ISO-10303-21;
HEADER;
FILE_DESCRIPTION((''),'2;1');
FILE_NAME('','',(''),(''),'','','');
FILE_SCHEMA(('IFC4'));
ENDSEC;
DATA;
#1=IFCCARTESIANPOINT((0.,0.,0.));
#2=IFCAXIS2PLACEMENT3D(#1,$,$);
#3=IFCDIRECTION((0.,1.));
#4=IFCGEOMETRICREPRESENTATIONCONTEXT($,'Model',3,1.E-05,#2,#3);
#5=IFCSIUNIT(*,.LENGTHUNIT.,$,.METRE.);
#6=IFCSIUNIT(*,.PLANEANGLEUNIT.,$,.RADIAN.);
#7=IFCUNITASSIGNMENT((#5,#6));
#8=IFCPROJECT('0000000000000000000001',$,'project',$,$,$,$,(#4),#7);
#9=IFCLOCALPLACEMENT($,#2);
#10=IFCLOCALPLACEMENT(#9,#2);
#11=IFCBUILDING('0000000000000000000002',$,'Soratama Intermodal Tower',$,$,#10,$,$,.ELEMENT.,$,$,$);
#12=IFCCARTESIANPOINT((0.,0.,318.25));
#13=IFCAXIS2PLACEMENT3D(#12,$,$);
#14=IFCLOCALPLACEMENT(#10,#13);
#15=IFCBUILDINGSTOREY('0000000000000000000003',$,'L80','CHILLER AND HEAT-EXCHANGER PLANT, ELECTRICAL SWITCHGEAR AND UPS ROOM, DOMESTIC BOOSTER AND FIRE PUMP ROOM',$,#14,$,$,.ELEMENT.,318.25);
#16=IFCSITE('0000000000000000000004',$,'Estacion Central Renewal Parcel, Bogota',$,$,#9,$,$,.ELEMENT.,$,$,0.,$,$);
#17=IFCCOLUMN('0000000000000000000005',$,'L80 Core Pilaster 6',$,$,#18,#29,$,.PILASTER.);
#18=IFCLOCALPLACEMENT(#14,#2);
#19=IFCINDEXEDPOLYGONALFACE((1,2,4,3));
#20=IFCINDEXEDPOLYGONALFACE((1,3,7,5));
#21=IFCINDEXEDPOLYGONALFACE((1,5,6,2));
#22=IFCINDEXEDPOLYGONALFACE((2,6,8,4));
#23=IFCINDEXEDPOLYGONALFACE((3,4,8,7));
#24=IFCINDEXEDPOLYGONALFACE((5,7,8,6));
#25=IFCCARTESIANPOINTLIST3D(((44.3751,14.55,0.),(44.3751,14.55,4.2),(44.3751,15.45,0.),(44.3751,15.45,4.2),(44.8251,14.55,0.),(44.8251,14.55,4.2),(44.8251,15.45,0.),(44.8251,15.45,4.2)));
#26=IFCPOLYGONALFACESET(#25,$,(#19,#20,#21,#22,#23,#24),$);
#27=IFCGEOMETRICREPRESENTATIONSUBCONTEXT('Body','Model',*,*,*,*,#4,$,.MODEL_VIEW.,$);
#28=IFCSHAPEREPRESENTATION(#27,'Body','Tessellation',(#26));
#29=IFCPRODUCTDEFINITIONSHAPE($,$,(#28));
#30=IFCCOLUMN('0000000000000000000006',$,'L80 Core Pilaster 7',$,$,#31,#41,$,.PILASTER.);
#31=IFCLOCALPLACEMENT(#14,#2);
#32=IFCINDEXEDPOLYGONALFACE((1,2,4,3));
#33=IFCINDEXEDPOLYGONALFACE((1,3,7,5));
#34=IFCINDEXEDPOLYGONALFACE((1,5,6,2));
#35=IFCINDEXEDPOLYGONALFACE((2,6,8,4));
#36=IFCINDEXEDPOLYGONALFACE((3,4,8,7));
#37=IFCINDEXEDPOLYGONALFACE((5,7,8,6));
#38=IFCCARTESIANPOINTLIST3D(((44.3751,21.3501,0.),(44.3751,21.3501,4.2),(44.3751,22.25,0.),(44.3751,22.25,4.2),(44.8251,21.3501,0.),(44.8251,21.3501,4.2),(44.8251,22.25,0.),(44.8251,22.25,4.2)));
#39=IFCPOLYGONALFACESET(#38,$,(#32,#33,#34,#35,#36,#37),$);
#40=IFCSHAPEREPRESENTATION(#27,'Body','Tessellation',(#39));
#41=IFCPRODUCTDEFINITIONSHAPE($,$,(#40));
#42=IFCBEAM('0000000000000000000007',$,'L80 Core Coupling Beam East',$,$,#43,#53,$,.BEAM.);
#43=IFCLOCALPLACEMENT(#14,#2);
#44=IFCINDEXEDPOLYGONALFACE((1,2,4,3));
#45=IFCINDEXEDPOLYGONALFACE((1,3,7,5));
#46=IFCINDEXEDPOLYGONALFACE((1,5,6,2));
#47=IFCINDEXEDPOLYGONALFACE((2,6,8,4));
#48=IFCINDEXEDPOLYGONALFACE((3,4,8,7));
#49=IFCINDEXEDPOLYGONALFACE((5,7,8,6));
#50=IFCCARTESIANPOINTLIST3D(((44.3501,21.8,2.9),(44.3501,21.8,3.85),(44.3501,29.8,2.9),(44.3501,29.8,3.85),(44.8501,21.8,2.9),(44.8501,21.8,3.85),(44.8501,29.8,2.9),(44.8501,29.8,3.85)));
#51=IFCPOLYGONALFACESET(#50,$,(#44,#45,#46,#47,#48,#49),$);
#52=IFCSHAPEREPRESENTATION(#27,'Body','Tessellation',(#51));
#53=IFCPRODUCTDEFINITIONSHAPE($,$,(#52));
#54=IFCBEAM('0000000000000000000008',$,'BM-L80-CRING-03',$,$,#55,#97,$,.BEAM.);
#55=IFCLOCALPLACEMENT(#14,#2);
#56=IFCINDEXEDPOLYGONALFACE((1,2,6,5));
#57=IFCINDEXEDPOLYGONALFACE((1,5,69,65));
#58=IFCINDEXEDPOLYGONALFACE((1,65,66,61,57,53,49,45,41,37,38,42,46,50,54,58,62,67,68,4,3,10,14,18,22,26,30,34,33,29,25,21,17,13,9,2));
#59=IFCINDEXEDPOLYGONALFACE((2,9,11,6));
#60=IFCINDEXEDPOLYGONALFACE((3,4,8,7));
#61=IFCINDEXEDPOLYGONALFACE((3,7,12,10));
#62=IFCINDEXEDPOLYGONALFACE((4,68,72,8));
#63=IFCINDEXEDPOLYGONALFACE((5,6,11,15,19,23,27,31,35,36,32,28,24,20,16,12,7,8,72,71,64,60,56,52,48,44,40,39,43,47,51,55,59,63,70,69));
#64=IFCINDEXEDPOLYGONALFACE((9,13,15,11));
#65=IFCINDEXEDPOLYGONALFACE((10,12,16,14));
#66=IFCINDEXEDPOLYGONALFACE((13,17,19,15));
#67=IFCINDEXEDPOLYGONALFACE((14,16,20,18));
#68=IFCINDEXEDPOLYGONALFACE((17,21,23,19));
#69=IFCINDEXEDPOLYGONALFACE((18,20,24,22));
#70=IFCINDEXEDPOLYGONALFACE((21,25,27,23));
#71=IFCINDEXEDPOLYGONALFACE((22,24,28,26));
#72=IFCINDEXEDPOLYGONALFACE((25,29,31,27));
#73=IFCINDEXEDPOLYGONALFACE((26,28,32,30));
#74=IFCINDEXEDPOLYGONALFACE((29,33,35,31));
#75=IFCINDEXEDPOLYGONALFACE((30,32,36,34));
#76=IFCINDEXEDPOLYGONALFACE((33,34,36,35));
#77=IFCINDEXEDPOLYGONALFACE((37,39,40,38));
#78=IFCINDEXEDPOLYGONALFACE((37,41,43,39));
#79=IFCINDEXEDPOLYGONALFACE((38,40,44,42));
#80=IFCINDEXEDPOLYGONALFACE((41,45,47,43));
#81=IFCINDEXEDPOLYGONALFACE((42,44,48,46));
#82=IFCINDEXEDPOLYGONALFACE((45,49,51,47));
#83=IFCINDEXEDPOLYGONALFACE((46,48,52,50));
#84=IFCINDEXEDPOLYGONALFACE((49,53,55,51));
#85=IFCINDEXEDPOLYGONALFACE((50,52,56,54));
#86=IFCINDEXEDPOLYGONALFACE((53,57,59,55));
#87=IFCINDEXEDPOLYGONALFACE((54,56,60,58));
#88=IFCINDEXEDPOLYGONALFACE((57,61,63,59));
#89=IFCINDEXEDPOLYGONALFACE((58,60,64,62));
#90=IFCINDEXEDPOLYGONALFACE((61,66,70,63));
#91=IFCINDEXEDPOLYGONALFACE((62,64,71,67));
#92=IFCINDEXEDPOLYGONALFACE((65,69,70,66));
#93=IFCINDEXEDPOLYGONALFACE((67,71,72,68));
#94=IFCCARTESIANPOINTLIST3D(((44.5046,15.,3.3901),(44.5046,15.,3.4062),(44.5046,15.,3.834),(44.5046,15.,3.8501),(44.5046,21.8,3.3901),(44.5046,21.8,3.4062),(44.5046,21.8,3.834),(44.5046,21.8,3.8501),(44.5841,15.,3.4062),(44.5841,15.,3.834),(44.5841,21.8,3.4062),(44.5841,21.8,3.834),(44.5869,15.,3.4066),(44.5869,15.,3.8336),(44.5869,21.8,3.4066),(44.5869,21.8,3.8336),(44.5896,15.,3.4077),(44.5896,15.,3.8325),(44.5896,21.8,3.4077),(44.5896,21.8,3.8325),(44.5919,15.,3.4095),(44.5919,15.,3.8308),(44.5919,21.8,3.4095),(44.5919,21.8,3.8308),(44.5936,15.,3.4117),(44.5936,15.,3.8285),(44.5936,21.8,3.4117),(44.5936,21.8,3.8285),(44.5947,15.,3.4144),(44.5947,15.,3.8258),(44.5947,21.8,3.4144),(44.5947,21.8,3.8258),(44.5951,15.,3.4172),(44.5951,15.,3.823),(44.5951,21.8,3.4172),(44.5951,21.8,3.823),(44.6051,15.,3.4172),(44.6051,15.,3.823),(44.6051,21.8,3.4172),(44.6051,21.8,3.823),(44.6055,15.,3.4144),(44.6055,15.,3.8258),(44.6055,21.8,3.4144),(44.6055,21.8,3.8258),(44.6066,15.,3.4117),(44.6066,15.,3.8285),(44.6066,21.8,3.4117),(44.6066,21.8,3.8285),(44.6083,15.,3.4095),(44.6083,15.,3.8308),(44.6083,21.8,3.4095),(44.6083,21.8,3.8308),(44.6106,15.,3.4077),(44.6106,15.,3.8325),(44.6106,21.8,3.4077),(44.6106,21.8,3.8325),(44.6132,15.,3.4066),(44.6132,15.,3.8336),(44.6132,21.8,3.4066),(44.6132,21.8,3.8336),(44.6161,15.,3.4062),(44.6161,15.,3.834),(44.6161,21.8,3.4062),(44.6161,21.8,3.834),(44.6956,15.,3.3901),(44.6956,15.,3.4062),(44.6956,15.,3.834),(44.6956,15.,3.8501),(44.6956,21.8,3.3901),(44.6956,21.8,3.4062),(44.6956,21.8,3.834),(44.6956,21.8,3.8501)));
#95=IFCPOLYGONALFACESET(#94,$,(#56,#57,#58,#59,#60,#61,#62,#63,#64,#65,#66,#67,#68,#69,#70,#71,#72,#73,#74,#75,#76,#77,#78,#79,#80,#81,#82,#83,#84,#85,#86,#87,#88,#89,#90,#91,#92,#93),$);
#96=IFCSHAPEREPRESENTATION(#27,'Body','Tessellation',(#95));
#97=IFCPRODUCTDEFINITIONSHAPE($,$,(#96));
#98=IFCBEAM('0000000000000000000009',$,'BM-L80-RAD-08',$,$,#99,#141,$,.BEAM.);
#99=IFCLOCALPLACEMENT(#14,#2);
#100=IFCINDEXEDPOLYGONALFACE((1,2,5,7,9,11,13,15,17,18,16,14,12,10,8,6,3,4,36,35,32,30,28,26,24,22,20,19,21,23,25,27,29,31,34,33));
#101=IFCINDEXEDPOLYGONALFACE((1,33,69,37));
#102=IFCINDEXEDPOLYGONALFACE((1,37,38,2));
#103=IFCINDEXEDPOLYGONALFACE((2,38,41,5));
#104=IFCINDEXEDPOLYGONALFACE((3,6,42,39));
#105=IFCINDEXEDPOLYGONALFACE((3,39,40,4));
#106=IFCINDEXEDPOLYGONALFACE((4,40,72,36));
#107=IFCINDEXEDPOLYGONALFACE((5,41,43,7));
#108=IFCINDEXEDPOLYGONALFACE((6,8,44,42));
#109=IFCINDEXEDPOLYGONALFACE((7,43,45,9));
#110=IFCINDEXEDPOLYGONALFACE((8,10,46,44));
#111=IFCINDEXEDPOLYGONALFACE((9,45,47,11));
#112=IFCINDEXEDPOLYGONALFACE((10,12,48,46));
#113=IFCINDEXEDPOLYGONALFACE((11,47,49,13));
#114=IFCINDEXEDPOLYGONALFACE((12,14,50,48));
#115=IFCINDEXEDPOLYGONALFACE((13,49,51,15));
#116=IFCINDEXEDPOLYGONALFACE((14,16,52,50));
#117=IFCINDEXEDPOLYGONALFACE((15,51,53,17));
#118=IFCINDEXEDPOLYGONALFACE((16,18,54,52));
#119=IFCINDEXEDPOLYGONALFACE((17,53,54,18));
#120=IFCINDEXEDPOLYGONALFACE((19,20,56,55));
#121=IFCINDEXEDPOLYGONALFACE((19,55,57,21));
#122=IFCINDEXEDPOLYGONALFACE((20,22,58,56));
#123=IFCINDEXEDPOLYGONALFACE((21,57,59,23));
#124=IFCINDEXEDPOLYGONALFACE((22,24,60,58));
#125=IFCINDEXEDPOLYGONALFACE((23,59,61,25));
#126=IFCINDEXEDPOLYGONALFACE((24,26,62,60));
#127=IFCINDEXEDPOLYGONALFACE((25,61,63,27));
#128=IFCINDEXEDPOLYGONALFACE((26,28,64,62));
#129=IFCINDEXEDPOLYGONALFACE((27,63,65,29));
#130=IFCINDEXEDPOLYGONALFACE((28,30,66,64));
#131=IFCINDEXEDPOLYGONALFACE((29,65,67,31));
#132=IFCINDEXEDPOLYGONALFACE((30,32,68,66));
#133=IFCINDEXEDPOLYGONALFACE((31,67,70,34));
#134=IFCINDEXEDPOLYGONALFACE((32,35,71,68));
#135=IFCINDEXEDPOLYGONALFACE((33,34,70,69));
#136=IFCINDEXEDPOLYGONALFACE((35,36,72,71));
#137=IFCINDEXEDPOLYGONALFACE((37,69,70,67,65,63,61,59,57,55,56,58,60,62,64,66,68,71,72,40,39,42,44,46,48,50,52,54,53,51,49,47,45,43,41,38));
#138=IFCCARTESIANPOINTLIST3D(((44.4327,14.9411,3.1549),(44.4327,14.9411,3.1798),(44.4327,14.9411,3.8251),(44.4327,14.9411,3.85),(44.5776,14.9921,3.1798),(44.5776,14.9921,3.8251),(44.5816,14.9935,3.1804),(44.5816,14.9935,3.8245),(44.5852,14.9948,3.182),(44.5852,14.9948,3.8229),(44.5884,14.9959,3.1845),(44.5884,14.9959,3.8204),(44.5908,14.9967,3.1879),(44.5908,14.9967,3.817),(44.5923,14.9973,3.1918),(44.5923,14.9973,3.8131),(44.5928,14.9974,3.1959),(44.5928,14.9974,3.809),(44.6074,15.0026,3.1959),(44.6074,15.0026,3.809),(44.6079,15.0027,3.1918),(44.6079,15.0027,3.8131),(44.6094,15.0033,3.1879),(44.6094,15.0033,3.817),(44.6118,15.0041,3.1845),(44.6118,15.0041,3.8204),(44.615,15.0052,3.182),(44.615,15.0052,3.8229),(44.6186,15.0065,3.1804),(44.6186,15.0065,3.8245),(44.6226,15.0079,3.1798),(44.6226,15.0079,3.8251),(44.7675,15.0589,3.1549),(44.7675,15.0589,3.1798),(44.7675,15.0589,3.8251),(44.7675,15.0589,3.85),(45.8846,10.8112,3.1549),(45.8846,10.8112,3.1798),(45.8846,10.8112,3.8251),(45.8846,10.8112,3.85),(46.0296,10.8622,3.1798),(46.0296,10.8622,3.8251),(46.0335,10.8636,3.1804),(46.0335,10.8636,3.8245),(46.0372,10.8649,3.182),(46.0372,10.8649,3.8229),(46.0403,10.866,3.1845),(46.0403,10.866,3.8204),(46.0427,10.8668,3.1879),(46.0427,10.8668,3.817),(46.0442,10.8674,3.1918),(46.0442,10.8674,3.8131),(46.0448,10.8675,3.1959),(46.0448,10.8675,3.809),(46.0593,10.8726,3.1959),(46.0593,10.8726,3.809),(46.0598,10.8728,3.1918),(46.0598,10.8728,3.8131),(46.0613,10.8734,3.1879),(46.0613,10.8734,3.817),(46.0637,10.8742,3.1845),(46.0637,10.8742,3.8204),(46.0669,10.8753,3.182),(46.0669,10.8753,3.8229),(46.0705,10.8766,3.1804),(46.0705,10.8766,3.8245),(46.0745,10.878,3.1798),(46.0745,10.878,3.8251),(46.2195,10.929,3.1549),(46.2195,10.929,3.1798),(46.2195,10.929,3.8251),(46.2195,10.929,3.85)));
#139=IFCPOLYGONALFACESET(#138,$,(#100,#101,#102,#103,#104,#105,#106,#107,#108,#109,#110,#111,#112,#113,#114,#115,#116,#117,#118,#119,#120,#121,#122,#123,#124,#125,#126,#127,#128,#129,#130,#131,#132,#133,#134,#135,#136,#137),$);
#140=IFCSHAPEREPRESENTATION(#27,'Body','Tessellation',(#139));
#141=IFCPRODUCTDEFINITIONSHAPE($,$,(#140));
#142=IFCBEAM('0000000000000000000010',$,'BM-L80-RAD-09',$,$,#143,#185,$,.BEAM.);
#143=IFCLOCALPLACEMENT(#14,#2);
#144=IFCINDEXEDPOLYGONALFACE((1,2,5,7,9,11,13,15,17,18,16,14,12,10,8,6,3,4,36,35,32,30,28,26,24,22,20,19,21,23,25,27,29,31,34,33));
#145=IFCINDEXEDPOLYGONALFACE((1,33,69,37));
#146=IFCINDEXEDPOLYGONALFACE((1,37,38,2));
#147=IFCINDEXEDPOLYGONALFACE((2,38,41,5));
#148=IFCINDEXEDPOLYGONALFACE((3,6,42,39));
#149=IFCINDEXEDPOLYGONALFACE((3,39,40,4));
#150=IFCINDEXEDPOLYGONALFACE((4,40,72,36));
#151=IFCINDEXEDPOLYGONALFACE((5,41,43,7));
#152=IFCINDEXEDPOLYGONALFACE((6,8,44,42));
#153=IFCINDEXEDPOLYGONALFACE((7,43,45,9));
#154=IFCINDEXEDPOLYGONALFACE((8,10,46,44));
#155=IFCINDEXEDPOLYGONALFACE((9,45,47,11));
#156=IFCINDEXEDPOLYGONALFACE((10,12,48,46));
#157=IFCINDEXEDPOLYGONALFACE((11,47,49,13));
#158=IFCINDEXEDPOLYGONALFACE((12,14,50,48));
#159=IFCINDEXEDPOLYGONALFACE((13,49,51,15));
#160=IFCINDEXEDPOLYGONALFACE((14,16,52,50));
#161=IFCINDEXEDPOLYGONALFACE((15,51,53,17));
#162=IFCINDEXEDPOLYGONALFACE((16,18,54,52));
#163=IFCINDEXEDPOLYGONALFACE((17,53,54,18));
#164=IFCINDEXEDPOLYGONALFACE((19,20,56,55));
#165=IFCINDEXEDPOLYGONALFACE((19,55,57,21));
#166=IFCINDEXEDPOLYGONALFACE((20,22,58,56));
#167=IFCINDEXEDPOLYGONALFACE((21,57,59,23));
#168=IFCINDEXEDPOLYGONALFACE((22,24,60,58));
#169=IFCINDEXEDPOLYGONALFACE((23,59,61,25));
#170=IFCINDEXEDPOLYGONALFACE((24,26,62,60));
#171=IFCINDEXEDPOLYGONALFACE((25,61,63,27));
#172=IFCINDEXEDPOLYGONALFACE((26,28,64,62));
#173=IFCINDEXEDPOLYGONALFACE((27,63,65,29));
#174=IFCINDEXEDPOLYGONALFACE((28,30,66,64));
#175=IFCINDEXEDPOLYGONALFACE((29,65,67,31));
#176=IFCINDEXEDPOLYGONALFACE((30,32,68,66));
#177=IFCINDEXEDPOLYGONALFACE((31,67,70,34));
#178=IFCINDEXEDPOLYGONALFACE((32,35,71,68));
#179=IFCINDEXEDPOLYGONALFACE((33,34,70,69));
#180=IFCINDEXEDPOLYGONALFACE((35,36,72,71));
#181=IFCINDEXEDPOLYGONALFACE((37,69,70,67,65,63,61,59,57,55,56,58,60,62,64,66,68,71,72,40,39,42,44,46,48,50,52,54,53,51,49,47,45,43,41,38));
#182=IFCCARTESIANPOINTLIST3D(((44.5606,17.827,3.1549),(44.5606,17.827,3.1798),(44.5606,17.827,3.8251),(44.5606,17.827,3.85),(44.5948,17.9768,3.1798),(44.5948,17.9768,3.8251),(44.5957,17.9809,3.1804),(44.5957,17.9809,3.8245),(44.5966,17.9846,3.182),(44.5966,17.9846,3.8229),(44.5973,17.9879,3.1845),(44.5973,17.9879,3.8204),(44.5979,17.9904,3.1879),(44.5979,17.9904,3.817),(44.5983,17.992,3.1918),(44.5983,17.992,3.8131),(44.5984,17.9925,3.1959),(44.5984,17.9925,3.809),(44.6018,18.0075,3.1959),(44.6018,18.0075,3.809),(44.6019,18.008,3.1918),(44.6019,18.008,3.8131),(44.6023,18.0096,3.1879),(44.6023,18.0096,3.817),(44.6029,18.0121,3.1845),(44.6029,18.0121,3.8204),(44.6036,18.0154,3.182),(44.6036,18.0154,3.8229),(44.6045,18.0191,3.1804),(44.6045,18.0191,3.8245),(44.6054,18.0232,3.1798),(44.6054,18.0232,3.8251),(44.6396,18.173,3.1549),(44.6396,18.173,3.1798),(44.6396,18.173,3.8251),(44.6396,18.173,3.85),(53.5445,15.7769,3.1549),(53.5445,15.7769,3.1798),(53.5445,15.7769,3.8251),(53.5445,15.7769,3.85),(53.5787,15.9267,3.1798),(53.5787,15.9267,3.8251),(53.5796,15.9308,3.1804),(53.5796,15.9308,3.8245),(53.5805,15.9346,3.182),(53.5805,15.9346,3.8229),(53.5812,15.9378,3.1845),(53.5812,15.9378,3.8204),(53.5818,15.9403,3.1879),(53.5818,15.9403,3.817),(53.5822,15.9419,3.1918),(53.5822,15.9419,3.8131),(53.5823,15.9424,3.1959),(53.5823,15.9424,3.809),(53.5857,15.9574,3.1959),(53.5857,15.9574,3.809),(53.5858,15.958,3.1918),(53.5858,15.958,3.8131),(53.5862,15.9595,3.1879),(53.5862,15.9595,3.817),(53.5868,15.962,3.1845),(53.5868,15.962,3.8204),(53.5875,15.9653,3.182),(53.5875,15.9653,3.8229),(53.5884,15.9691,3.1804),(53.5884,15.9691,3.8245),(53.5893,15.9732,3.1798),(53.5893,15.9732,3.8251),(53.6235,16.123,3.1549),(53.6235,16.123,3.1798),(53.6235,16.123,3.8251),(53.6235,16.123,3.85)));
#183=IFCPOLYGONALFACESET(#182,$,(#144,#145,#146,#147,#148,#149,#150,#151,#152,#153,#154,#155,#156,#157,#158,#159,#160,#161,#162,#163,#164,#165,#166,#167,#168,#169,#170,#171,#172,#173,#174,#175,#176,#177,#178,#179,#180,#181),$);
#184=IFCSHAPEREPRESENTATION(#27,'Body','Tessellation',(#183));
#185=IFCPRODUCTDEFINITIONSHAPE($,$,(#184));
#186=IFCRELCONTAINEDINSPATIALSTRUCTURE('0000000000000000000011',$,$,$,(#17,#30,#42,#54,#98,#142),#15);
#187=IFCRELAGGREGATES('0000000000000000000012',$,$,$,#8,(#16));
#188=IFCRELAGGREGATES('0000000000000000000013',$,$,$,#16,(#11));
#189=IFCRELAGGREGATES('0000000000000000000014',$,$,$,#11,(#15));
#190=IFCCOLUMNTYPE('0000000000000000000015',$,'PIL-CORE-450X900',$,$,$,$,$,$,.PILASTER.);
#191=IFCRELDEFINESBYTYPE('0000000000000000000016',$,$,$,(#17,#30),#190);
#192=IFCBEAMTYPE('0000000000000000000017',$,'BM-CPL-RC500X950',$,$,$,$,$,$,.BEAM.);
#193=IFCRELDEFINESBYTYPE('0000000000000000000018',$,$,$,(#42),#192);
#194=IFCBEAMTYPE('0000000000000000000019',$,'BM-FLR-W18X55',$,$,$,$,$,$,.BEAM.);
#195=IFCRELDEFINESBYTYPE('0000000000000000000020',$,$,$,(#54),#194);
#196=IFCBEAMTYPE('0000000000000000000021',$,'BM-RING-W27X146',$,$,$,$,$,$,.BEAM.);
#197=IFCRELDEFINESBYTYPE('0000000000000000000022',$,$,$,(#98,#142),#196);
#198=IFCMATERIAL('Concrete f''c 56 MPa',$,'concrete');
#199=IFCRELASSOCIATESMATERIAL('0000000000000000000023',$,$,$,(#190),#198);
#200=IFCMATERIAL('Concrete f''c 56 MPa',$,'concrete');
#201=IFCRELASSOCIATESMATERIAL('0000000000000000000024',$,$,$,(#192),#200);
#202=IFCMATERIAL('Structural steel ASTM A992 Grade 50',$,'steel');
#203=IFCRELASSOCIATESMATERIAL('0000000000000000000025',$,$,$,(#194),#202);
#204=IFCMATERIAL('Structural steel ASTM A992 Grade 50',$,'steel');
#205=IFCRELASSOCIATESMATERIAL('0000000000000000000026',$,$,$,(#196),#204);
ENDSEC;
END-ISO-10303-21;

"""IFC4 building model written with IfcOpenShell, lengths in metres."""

from ifc_helpers import new_model, si_unit, direction, frame, origin, origin_2d, place, context, subcontext, project, spatial, rectangle, i_section, extrude, material, material_profile, profile_set, type_object, element, save


model = new_model("IFC4")

# Units and contexts
model_context = context("Model", 3, precision=1e-05, world=origin(), true_north=direction((0.0, 1.0)))
body_context = subcontext(model_context, "Body", "Model", "MODEL_VIEW")
ifc_project = project(units=[si_unit("LENGTHUNIT", "METRE"), si_unit("PLANEANGLEUNIT", "RADIAN")], contexts=[model_context])

# Site, building, storey
site_placement = place(None, origin())
site = spatial("IfcSite", under=ifc_project, at=site_placement, Name="Estacion Central Renewal Parcel, Bogota", CompositionType="ELEMENT", RefElevation=0.0)
building_placement = place(site_placement, origin())
building = spatial("IfcBuilding", under=site, at=building_placement, Name="Soratama Intermodal Tower", CompositionType="ELEMENT")
storey_placement = place(building_placement, frame((0.0, 0.0, 318.25)))
storey = spatial("IfcBuildingStorey", under=building, at=storey_placement, Name="L80", Description="CHILLER AND HEAT-EXCHANGER PLANT, ELECTRICAL SWITCHGEAR AND UPS ROOM, DOMESTIC BOOSTER AND FIRE PUMP ROOM", CompositionType="ELEMENT", Elevation=318.25)

# Columns
ifc_material_1 = material(Name="Concrete f'c 56 MPa", Category="concrete")
ifc_material_profile_1 = material_profile(ifc_material_1, rectangle(XDim=0.45, YDim=0.8999, at=origin_2d()), Name="RC450X900")
ifc_profile_set_1 = profile_set([ifc_material_profile_1], Name="Concrete f'c 56 MPa")
column_type = type_object("IfcColumnType", Name="PIL-CORE-450X900", PredefinedType="PILASTER", material=ifc_profile_set_1)
for number, where, z_axis, x_axis, name in (
    (1, (44.6001, 15.0, 0.0), (0.0, 0.0, 1.0), (1.0, 0.0, 0.0), "L80 Core Pilaster 6"),
    (2, (44.6001, 21.8, 0.0), (0.0, 0.0, 1.0), (1.0, 0.0, 0.0), "L80 Core Pilaster 7"),
):
    element("IfcColumn", number, at=place(storey_placement, frame(where, z_axis=z_axis, x_axis=x_axis)), inside=storey, type_object=column_type, Name=name, PredefinedType="PILASTER", context=body_context, shape_type="SweptSolid", body=[
        extrude(rectangle(XDim=0.45, YDim=0.8999, at=origin_2d()), origin(), (0.0, 0.0, 1.0), 4.2),
    ])

# Beams
ifc_material_2 = material(Name="Concrete f'c 56 MPa", Category="concrete")
ifc_material_profile_2 = material_profile(ifc_material_2, rectangle(XDim=0.5, YDim=0.95, at=origin_2d()), Name="RC500X950")
ifc_profile_set_2 = profile_set([ifc_material_profile_2], Name="Concrete f'c 56 MPa")
beam_type_1 = type_object("IfcBeamType", Name="BM-CPL-RC500X950", PredefinedType="BEAM", material=ifc_profile_set_2)
beam_1_placement = place(storey_placement, frame((44.6001, 21.8, 3.375), z_axis=(0.0, 1.0, 0.0), x_axis=(-1.0, 0.0, 0.0)))
element("IfcBeam", 3, at=beam_1_placement, inside=storey, type_object=beam_type_1, Name="L80 Core Coupling Beam East", PredefinedType="BEAM", context=body_context, shape_type="SweptSolid", body=[
    extrude(rectangle(XDim=0.5, YDim=0.95, at=origin_2d()), origin(), (0.0, 0.0, 1.0), 8.0),
])
ifc_material_3 = material(Name="Structural steel ASTM A992 Grade 50", Category="steel")
ifc_material_profile_3 = material_profile(ifc_material_3, i_section(OverallWidth=0.1909, OverallDepth=0.46, WebThickness=0.01, FlangeThickness=0.0161, FilletRadius=0.011, at=origin_2d()), Name="W18X55")
ifc_profile_set_3 = profile_set([ifc_material_profile_3], Name="Structural steel ASTM A992 Grade 50")
beam_type_2 = type_object("IfcBeamType", Name="BM-FLR-W18X55", PredefinedType="BEAM", material=ifc_profile_set_3)
beam_2_placement = place(storey_placement, frame((44.6001, 15.0, 3.6201), z_axis=(0.0, 1.0, 0.0), x_axis=(-1.0, 0.0, 0.0)))
element("IfcBeam", 4, at=beam_2_placement, inside=storey, type_object=beam_type_2, Name="BM-L80-CRING-03", PredefinedType="BEAM", context=body_context, shape_type="SweptSolid", body=[
    extrude(i_section(OverallWidth=0.1909, OverallDepth=0.46, WebThickness=0.01, FlangeThickness=0.0161, FilletRadius=0.011, at=origin_2d()), origin(), (0.0, 0.0, 1.0), 6.8),
])
ifc_material_4 = material(Name="Structural steel ASTM A992 Grade 50", Category="steel")
ifc_material_profile_4 = material_profile(ifc_material_4, i_section(OverallWidth=0.355, OverallDepth=0.6951, WebThickness=0.0154, FlangeThickness=0.0249, FilletRadius=0.0161, at=origin_2d()), Name="W27X146")
ifc_profile_set_4 = profile_set([ifc_material_profile_4], Name="Structural steel ASTM A992 Grade 50")
beam_type_3 = type_object("IfcBeamType", Name="BM-RING-W27X146", PredefinedType="BEAM", material=ifc_profile_set_4)
beam_3_placement = place(storey_placement, frame((44.6001, 15.0, 3.5024), z_axis=(0.331662, -0.943398, 0.0), x_axis=(0.943398, 0.331662, 0.0)))
element("IfcBeam", 5, at=beam_3_placement, inside=storey, type_object=beam_type_3, Name="BM-L80-RAD-08", PredefinedType="BEAM", context=body_context, shape_type="SweptSolid", body=[
    extrude(i_section(OverallWidth=0.355, OverallDepth=0.6951, WebThickness=0.0154, FlangeThickness=0.0249, FilletRadius=0.0161, at=origin_2d()), origin(), (0.0, 0.0, 1.0), 4.3777),
])
beam_4_placement = place(storey_placement, frame((44.6001, 18.0, 3.5024), z_axis=(0.974939, -0.222473, 0.0), x_axis=(0.222473, 0.974939, 0.0)))
element("IfcBeam", 6, at=beam_4_placement, inside=storey, type_object=beam_type_3, Name="BM-L80-RAD-09", PredefinedType="BEAM", context=body_context, shape_type="SweptSolid", body=[
    extrude(i_section(OverallWidth=0.355, OverallDepth=0.6951, WebThickness=0.0154, FlangeThickness=0.0249, FilletRadius=0.0161, at=origin_2d()), origin(), (0.0, 0.0, 1.0), 9.2148),
])

save(model, "model.ifc")
